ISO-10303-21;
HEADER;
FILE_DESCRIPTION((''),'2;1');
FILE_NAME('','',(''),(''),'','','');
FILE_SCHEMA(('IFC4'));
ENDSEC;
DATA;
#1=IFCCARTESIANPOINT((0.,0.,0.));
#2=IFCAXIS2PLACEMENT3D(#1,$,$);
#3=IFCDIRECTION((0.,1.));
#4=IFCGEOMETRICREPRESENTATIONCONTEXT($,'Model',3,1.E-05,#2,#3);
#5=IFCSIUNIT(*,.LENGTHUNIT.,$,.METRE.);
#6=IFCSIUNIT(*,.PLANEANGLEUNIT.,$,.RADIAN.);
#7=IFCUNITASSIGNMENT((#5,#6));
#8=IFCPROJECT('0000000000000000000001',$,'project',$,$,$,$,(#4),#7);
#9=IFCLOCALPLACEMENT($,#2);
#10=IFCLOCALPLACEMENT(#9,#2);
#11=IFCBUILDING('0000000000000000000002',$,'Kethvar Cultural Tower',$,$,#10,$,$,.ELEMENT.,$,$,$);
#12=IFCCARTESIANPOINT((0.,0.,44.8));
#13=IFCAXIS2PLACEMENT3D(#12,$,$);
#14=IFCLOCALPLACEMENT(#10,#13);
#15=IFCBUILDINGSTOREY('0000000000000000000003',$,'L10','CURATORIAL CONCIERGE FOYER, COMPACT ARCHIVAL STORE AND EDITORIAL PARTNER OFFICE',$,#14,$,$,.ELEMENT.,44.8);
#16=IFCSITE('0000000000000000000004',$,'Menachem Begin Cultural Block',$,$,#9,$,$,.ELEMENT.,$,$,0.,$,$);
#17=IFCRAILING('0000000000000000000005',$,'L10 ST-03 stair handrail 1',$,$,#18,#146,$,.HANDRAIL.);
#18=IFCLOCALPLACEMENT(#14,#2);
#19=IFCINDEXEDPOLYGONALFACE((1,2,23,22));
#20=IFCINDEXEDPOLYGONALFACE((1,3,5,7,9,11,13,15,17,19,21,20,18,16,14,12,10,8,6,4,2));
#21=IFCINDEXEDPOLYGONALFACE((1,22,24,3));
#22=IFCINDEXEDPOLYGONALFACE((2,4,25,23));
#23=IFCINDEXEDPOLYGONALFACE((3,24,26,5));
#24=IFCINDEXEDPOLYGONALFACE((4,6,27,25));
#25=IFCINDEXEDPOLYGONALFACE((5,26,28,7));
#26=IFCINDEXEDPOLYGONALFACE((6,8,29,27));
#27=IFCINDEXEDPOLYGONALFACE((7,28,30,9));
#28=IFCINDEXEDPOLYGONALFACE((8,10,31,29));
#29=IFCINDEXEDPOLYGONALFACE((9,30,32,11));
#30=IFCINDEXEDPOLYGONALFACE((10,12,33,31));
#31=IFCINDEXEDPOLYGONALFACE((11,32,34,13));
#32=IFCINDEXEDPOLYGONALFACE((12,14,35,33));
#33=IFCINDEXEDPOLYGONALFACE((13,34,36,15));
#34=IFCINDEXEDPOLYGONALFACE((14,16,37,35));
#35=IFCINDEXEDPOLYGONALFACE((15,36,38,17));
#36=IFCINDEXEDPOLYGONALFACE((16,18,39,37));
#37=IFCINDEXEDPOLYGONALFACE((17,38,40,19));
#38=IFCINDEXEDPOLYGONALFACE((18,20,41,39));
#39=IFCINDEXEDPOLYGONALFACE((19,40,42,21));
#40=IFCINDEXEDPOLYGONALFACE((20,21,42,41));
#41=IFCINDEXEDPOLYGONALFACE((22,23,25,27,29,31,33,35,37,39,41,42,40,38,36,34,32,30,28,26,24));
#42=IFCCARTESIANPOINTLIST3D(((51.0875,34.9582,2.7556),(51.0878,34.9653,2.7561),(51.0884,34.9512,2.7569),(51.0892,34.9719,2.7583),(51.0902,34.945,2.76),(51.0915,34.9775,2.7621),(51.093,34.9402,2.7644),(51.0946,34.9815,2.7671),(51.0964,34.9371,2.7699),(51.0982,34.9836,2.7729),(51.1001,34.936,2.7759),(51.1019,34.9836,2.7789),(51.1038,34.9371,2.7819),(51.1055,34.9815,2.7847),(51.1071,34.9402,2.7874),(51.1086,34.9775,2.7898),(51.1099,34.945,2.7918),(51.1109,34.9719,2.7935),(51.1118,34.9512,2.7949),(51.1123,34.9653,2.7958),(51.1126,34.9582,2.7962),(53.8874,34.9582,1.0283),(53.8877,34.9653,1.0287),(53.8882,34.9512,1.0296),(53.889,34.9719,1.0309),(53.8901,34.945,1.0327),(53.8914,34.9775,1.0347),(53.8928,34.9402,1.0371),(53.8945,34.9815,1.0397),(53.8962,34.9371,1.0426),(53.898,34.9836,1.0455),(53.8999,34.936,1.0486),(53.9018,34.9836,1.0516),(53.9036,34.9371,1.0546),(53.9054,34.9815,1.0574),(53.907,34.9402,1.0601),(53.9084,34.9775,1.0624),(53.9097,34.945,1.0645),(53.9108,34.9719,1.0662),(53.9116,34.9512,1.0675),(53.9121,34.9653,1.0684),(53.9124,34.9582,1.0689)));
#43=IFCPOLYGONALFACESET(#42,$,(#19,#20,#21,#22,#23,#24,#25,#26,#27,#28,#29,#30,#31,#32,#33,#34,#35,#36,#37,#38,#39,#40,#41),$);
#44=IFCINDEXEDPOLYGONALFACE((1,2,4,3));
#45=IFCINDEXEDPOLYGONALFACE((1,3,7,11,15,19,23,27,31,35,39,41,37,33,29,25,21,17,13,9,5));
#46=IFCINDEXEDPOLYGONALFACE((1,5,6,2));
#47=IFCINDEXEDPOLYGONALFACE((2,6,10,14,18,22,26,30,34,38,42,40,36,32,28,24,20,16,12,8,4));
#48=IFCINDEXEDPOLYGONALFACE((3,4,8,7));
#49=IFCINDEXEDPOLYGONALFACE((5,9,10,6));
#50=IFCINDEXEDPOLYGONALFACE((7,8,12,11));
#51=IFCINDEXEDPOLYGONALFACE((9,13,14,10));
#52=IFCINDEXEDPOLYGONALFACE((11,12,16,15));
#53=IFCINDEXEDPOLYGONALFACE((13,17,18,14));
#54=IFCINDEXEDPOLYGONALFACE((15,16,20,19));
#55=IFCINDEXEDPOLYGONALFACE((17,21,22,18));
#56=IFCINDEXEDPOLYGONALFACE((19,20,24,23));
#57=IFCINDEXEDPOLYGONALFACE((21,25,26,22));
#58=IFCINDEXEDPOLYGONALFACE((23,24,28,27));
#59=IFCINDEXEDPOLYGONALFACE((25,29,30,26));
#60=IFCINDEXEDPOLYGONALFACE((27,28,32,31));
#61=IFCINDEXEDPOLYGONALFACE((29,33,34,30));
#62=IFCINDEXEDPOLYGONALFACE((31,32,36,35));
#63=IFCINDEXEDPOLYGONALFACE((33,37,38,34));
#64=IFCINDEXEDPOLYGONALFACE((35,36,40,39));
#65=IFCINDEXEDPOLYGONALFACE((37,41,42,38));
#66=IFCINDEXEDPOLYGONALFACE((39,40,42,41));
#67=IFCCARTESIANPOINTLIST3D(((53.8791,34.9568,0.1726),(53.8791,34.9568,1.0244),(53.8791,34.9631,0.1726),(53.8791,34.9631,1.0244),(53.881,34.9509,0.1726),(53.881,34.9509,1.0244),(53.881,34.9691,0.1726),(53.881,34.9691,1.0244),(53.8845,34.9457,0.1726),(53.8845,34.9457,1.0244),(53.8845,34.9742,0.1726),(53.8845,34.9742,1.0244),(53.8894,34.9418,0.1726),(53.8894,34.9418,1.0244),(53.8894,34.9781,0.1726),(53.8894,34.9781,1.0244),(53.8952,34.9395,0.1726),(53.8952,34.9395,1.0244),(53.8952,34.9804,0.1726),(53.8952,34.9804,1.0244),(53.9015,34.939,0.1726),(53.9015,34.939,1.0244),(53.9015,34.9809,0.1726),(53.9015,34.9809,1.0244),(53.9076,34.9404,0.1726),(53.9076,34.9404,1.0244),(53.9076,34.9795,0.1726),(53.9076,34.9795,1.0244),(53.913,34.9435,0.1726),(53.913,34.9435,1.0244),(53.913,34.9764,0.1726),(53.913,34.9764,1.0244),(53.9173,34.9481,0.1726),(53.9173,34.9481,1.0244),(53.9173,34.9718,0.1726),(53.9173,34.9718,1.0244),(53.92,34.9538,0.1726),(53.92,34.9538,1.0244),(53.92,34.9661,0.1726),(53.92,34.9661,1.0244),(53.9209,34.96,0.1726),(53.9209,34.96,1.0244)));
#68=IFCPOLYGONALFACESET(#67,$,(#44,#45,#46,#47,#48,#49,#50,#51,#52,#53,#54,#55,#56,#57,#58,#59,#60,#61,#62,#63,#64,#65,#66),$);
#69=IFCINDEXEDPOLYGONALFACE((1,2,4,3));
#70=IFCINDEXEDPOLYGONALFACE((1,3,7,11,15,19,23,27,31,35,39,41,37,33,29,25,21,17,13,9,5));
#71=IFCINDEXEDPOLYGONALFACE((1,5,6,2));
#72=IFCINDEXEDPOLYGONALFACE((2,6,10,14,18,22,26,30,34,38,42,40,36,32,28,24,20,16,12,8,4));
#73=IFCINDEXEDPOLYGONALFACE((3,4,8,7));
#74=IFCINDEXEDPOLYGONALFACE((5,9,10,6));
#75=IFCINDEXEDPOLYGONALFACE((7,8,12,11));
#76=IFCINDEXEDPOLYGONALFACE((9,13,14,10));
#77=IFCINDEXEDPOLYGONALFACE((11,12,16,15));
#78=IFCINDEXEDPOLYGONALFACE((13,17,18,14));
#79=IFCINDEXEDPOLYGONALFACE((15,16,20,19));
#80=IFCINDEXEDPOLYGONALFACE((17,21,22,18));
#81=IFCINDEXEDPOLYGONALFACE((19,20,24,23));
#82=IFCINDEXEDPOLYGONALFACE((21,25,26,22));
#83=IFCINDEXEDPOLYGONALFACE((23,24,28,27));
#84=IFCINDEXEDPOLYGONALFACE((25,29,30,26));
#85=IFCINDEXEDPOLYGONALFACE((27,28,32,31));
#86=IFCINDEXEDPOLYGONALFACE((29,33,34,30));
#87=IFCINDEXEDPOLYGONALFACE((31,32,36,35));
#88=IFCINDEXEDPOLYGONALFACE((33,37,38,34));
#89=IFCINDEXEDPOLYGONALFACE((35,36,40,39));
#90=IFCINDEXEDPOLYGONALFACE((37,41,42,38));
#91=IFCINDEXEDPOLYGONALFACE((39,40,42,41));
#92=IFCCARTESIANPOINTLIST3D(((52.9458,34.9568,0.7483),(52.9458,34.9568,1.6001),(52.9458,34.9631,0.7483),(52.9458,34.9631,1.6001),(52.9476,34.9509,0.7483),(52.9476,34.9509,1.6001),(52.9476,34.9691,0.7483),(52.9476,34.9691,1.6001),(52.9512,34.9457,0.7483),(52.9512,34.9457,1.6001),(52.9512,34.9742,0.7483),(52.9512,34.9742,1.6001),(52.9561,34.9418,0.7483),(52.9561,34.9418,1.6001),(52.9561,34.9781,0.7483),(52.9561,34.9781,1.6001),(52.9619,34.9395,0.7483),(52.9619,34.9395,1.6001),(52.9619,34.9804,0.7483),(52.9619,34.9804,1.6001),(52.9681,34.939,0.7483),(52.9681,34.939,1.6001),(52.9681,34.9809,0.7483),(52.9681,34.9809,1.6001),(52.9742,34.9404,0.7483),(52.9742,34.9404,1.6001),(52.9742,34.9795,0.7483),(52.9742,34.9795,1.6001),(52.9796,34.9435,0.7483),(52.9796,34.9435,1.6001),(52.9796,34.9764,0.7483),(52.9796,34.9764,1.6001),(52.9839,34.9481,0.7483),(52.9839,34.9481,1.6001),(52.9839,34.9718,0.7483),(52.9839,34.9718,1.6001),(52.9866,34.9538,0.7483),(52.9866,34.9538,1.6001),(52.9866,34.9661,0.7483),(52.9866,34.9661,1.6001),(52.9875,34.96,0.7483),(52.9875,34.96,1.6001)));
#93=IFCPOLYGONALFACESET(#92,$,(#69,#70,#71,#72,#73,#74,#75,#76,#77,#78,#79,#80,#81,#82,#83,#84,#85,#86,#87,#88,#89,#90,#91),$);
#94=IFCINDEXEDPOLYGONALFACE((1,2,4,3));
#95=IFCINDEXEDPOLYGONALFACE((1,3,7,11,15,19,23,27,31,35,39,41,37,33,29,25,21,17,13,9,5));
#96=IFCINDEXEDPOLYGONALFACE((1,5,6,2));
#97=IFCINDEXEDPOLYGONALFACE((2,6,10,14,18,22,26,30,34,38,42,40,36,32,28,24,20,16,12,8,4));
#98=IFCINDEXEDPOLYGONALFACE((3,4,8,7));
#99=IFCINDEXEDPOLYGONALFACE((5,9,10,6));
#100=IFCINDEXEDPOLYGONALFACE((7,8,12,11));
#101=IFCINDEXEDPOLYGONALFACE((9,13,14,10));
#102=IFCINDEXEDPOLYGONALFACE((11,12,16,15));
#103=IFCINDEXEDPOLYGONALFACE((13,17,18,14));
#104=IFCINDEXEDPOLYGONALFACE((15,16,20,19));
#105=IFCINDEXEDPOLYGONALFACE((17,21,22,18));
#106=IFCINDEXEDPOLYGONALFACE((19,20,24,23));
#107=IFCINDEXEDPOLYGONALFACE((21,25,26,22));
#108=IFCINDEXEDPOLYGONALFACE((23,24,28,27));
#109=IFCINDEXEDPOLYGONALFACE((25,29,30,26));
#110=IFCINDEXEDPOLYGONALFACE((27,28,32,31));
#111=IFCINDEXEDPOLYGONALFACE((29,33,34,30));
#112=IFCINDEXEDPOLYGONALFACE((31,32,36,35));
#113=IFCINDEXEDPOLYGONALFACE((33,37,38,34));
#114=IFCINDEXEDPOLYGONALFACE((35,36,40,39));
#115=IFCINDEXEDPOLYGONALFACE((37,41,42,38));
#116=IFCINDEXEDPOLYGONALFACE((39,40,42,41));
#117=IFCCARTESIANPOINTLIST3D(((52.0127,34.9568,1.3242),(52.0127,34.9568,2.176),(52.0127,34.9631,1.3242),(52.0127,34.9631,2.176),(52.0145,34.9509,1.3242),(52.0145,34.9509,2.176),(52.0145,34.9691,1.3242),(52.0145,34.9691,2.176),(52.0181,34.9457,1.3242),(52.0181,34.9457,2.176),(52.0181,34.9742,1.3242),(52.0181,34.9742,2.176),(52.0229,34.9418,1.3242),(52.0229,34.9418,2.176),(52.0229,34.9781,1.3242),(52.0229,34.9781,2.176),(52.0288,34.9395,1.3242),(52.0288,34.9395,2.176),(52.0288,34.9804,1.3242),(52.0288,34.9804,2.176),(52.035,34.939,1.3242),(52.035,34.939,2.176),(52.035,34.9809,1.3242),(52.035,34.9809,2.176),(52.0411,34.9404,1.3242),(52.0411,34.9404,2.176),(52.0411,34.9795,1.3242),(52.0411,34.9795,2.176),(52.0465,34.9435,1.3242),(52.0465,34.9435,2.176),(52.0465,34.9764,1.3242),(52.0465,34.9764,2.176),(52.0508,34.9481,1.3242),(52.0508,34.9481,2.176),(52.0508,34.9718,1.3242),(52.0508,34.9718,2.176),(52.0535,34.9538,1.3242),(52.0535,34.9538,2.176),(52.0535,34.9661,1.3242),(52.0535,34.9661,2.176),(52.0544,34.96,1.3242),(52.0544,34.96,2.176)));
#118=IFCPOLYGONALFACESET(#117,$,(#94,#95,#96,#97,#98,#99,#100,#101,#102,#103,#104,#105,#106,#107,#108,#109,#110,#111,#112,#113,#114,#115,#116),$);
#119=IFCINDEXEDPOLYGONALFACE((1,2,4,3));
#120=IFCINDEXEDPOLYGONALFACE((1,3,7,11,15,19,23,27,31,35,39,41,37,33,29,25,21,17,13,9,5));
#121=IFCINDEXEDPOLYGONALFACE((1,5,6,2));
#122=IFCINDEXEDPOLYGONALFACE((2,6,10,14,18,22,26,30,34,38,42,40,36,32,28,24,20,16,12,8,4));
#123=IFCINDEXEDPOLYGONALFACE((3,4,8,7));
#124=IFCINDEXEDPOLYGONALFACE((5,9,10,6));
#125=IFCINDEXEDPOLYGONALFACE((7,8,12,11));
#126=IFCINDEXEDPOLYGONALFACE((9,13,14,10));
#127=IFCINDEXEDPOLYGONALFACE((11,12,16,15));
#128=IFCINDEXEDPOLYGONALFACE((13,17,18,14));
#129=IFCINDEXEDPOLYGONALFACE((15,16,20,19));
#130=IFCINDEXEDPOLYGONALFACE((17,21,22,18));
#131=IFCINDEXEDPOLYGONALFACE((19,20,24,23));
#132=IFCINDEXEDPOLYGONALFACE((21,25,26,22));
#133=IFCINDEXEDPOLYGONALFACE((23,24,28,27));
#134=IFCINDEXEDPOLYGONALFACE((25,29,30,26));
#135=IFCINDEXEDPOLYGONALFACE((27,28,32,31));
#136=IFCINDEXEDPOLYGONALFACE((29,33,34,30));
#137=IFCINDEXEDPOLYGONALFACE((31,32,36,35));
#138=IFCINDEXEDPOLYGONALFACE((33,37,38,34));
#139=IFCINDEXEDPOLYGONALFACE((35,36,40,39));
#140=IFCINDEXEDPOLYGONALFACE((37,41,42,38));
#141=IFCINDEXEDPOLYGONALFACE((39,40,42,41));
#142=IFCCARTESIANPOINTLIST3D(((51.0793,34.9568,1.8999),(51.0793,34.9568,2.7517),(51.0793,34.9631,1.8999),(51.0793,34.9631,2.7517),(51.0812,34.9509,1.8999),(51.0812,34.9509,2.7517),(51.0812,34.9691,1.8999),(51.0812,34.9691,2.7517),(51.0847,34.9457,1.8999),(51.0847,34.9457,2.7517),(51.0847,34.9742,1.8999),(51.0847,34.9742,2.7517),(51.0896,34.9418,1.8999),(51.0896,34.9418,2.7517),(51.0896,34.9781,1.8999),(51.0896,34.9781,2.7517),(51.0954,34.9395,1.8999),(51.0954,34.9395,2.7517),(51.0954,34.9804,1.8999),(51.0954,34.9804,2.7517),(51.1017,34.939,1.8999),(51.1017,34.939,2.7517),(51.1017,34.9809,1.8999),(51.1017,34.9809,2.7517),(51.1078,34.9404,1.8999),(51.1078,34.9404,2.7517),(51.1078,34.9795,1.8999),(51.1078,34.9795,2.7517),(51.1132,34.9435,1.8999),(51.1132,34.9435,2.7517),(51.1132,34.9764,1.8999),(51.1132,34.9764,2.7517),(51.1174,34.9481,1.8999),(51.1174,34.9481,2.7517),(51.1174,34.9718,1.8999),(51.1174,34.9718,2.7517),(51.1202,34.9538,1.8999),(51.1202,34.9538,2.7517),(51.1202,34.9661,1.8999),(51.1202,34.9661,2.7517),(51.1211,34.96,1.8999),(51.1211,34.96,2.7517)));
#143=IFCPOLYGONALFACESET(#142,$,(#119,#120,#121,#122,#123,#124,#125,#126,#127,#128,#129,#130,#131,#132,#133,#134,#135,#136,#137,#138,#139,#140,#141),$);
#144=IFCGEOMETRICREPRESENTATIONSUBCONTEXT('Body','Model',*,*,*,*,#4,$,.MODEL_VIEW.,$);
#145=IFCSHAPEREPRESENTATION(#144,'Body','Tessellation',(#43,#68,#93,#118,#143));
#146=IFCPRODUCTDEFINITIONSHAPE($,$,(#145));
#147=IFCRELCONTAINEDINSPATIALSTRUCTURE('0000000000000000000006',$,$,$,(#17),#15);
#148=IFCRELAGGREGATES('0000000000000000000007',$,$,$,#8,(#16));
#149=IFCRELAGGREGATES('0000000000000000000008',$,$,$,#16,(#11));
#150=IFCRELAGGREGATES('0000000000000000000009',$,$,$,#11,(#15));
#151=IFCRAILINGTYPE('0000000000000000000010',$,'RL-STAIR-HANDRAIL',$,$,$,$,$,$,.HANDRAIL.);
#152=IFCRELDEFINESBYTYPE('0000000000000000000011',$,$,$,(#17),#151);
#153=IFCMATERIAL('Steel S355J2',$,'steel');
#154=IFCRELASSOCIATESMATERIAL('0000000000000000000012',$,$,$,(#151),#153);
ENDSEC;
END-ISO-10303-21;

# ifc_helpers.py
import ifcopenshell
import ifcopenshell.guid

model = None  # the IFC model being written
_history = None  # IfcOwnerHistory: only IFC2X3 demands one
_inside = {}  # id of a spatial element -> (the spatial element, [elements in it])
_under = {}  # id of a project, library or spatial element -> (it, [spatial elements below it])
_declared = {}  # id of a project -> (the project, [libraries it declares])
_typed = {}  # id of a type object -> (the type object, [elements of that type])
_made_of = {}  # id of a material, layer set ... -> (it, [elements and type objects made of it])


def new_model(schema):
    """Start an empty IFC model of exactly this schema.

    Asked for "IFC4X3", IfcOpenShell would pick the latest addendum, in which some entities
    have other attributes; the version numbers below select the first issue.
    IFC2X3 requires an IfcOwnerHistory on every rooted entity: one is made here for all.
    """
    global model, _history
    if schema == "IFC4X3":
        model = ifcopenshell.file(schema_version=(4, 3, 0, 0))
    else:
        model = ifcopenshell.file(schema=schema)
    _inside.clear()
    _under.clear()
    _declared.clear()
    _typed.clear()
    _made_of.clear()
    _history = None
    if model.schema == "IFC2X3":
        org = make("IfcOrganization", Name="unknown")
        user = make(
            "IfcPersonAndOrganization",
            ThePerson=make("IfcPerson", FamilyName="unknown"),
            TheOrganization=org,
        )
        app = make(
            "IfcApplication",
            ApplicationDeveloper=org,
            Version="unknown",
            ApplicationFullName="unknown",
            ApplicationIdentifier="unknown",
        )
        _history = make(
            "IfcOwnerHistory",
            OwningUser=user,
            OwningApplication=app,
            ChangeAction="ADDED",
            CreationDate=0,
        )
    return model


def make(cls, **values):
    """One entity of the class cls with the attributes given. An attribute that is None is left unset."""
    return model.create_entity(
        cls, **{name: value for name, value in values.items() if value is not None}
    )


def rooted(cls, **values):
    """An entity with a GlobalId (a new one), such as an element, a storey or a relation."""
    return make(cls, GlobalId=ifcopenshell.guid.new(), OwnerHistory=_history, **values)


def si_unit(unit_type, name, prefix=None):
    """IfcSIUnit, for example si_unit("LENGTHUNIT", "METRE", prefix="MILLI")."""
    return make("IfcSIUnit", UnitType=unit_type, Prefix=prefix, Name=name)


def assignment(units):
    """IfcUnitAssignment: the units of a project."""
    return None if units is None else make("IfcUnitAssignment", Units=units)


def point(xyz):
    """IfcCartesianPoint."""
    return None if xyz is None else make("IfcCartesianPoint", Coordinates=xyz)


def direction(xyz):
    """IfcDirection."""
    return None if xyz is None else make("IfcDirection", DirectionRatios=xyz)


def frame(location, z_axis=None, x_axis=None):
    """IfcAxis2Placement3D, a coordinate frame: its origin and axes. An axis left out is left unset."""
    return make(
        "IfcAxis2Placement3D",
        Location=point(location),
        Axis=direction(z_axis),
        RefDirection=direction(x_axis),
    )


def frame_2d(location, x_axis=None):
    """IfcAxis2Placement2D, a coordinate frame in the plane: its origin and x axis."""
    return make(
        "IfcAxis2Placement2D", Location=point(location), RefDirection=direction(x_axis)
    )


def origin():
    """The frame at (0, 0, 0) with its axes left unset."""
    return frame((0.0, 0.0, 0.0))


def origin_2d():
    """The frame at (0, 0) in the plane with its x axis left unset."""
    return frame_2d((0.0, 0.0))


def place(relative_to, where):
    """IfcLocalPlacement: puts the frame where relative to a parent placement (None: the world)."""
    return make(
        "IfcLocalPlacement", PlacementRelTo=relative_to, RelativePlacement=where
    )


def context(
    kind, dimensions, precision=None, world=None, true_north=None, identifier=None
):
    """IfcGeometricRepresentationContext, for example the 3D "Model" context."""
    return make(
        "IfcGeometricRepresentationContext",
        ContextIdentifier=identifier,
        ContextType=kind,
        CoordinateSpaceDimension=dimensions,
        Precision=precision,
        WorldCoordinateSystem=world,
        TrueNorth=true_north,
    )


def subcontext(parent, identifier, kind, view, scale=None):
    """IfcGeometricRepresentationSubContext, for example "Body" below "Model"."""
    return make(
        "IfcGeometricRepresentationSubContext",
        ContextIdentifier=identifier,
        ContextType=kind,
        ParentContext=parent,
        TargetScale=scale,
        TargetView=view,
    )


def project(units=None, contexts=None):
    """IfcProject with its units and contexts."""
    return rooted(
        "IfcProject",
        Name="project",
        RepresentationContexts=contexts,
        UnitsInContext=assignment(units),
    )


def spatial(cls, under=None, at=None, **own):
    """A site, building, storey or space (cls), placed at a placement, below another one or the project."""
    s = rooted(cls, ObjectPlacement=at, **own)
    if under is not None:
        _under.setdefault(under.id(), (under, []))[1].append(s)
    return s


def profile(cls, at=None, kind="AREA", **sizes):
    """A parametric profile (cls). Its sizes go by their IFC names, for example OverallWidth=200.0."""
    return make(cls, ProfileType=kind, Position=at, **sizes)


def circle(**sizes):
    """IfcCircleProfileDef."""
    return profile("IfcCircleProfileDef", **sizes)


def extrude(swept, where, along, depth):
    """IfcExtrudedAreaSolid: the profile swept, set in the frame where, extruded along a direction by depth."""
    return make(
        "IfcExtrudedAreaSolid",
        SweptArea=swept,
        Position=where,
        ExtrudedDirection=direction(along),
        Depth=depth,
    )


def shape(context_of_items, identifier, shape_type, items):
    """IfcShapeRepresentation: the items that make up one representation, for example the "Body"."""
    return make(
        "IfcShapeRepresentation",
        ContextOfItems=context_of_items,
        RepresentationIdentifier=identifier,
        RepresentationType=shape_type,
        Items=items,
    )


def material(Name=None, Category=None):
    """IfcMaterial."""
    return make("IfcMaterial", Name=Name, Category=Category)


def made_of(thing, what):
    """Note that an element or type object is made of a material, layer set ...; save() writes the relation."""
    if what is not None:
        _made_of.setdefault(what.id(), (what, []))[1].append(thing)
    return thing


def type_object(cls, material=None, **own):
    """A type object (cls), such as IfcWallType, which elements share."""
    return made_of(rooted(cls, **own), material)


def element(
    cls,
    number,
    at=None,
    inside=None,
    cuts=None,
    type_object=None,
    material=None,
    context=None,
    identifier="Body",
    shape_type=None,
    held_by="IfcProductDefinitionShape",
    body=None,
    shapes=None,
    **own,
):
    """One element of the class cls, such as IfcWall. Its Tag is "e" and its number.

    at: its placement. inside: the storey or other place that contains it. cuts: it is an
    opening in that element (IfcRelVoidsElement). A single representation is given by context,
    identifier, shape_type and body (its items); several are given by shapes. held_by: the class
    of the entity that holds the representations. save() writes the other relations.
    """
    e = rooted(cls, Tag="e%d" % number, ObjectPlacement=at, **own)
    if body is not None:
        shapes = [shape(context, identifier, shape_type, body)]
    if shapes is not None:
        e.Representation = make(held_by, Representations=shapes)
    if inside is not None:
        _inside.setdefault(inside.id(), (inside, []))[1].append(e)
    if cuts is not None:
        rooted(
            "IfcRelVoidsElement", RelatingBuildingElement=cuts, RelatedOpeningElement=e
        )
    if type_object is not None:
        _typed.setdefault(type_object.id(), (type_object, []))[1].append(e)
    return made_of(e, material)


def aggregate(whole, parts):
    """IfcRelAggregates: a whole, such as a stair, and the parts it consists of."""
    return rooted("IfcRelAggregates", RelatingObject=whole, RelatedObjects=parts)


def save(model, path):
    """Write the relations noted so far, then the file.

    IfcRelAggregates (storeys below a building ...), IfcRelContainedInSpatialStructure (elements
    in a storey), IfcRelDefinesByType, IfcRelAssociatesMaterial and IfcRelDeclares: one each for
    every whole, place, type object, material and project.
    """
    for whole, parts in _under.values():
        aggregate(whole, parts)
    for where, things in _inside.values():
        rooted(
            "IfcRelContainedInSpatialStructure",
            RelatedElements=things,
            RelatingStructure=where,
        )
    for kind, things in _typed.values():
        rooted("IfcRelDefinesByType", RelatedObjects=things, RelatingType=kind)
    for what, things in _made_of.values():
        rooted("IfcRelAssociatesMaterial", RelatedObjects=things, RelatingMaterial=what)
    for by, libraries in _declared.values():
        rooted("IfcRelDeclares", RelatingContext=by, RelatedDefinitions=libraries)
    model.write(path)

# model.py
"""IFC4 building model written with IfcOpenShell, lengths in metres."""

from ifc_helpers import new_model, si_unit, direction, frame, origin, origin_2d, place, context, subcontext, project, spatial, circle, extrude, material, type_object, element, save


model = new_model("IFC4")

# Units and contexts
model_context = context("Model", 3, precision=1e-05, world=origin(), true_north=direction((0.0, 1.0)))
body_context = subcontext(model_context, "Body", "Model", "MODEL_VIEW")
ifc_project = project(units=[si_unit("LENGTHUNIT", "METRE"), si_unit("PLANEANGLEUNIT", "RADIAN")], contexts=[model_context])

# Site, building, storey
site_placement = place(None, origin())
site = spatial("IfcSite", under=ifc_project, at=site_placement, Name="Menachem Begin Cultural Block", CompositionType="ELEMENT", RefElevation=0.0)
building_placement = place(site_placement, origin())
building = spatial("IfcBuilding", under=site, at=building_placement, Name="Kethvar Cultural Tower", CompositionType="ELEMENT")
storey_placement = place(building_placement, frame((0.0, 0.0, 44.8)))
storey = spatial("IfcBuildingStorey", under=building, at=storey_placement, Name="L10", Description="CURATORIAL CONCIERGE FOYER, COMPACT ARCHIVAL STORE AND EDITORIAL PARTNER OFFICE", CompositionType="ELEMENT", Elevation=44.8)

# Shared definitions
ifc_material_1 = material(Name="Steel S355J2", Category="steel")

# Railing
railing_type_1 = type_object("IfcRailingType", Name="RL-STAIR-HANDRAIL", PredefinedType="HANDRAIL", material=ifc_material_1)
railing_1_placement = place(storey_placement, frame((53.8999, 34.96, 0.1726)))
element("IfcRailing", 1, at=railing_1_placement, inside=storey, type_object=railing_type_1, Name="L10 ST-03 stair handrail 1", PredefinedType="HANDRAIL", context=body_context, shape_type="SweptSolid", body=[
    extrude(circle(Radius=0.0239, at=origin_2d()), frame((0.0, 0.0, 0.876), z_axis=(-0.851069, 0.0, 0.525054), x_axis=(0.0, -1.0, 0.0)), (0.0, 0.0, 1.0), 3.2898),
    extrude(circle(Radius=0.021, at=origin_2d()), origin(), (0.0, 0.0, 1.0), 0.8518),
    extrude(circle(Radius=0.021, at=origin_2d()), frame((-0.9333, 0.0, 0.5757)), (0.0, 0.0, 1.0), 0.8518),
    extrude(circle(Radius=0.021, at=origin_2d()), frame((-1.8665, 0.0, 1.1516)), (0.0, 0.0, 1.0), 0.8518),
    extrude(circle(Radius=0.021, at=origin_2d()), frame((-2.7998, 0.0, 1.7273)), (0.0, 0.0, 1.0), 0.8518),
])

save(model, "model.ifc")
